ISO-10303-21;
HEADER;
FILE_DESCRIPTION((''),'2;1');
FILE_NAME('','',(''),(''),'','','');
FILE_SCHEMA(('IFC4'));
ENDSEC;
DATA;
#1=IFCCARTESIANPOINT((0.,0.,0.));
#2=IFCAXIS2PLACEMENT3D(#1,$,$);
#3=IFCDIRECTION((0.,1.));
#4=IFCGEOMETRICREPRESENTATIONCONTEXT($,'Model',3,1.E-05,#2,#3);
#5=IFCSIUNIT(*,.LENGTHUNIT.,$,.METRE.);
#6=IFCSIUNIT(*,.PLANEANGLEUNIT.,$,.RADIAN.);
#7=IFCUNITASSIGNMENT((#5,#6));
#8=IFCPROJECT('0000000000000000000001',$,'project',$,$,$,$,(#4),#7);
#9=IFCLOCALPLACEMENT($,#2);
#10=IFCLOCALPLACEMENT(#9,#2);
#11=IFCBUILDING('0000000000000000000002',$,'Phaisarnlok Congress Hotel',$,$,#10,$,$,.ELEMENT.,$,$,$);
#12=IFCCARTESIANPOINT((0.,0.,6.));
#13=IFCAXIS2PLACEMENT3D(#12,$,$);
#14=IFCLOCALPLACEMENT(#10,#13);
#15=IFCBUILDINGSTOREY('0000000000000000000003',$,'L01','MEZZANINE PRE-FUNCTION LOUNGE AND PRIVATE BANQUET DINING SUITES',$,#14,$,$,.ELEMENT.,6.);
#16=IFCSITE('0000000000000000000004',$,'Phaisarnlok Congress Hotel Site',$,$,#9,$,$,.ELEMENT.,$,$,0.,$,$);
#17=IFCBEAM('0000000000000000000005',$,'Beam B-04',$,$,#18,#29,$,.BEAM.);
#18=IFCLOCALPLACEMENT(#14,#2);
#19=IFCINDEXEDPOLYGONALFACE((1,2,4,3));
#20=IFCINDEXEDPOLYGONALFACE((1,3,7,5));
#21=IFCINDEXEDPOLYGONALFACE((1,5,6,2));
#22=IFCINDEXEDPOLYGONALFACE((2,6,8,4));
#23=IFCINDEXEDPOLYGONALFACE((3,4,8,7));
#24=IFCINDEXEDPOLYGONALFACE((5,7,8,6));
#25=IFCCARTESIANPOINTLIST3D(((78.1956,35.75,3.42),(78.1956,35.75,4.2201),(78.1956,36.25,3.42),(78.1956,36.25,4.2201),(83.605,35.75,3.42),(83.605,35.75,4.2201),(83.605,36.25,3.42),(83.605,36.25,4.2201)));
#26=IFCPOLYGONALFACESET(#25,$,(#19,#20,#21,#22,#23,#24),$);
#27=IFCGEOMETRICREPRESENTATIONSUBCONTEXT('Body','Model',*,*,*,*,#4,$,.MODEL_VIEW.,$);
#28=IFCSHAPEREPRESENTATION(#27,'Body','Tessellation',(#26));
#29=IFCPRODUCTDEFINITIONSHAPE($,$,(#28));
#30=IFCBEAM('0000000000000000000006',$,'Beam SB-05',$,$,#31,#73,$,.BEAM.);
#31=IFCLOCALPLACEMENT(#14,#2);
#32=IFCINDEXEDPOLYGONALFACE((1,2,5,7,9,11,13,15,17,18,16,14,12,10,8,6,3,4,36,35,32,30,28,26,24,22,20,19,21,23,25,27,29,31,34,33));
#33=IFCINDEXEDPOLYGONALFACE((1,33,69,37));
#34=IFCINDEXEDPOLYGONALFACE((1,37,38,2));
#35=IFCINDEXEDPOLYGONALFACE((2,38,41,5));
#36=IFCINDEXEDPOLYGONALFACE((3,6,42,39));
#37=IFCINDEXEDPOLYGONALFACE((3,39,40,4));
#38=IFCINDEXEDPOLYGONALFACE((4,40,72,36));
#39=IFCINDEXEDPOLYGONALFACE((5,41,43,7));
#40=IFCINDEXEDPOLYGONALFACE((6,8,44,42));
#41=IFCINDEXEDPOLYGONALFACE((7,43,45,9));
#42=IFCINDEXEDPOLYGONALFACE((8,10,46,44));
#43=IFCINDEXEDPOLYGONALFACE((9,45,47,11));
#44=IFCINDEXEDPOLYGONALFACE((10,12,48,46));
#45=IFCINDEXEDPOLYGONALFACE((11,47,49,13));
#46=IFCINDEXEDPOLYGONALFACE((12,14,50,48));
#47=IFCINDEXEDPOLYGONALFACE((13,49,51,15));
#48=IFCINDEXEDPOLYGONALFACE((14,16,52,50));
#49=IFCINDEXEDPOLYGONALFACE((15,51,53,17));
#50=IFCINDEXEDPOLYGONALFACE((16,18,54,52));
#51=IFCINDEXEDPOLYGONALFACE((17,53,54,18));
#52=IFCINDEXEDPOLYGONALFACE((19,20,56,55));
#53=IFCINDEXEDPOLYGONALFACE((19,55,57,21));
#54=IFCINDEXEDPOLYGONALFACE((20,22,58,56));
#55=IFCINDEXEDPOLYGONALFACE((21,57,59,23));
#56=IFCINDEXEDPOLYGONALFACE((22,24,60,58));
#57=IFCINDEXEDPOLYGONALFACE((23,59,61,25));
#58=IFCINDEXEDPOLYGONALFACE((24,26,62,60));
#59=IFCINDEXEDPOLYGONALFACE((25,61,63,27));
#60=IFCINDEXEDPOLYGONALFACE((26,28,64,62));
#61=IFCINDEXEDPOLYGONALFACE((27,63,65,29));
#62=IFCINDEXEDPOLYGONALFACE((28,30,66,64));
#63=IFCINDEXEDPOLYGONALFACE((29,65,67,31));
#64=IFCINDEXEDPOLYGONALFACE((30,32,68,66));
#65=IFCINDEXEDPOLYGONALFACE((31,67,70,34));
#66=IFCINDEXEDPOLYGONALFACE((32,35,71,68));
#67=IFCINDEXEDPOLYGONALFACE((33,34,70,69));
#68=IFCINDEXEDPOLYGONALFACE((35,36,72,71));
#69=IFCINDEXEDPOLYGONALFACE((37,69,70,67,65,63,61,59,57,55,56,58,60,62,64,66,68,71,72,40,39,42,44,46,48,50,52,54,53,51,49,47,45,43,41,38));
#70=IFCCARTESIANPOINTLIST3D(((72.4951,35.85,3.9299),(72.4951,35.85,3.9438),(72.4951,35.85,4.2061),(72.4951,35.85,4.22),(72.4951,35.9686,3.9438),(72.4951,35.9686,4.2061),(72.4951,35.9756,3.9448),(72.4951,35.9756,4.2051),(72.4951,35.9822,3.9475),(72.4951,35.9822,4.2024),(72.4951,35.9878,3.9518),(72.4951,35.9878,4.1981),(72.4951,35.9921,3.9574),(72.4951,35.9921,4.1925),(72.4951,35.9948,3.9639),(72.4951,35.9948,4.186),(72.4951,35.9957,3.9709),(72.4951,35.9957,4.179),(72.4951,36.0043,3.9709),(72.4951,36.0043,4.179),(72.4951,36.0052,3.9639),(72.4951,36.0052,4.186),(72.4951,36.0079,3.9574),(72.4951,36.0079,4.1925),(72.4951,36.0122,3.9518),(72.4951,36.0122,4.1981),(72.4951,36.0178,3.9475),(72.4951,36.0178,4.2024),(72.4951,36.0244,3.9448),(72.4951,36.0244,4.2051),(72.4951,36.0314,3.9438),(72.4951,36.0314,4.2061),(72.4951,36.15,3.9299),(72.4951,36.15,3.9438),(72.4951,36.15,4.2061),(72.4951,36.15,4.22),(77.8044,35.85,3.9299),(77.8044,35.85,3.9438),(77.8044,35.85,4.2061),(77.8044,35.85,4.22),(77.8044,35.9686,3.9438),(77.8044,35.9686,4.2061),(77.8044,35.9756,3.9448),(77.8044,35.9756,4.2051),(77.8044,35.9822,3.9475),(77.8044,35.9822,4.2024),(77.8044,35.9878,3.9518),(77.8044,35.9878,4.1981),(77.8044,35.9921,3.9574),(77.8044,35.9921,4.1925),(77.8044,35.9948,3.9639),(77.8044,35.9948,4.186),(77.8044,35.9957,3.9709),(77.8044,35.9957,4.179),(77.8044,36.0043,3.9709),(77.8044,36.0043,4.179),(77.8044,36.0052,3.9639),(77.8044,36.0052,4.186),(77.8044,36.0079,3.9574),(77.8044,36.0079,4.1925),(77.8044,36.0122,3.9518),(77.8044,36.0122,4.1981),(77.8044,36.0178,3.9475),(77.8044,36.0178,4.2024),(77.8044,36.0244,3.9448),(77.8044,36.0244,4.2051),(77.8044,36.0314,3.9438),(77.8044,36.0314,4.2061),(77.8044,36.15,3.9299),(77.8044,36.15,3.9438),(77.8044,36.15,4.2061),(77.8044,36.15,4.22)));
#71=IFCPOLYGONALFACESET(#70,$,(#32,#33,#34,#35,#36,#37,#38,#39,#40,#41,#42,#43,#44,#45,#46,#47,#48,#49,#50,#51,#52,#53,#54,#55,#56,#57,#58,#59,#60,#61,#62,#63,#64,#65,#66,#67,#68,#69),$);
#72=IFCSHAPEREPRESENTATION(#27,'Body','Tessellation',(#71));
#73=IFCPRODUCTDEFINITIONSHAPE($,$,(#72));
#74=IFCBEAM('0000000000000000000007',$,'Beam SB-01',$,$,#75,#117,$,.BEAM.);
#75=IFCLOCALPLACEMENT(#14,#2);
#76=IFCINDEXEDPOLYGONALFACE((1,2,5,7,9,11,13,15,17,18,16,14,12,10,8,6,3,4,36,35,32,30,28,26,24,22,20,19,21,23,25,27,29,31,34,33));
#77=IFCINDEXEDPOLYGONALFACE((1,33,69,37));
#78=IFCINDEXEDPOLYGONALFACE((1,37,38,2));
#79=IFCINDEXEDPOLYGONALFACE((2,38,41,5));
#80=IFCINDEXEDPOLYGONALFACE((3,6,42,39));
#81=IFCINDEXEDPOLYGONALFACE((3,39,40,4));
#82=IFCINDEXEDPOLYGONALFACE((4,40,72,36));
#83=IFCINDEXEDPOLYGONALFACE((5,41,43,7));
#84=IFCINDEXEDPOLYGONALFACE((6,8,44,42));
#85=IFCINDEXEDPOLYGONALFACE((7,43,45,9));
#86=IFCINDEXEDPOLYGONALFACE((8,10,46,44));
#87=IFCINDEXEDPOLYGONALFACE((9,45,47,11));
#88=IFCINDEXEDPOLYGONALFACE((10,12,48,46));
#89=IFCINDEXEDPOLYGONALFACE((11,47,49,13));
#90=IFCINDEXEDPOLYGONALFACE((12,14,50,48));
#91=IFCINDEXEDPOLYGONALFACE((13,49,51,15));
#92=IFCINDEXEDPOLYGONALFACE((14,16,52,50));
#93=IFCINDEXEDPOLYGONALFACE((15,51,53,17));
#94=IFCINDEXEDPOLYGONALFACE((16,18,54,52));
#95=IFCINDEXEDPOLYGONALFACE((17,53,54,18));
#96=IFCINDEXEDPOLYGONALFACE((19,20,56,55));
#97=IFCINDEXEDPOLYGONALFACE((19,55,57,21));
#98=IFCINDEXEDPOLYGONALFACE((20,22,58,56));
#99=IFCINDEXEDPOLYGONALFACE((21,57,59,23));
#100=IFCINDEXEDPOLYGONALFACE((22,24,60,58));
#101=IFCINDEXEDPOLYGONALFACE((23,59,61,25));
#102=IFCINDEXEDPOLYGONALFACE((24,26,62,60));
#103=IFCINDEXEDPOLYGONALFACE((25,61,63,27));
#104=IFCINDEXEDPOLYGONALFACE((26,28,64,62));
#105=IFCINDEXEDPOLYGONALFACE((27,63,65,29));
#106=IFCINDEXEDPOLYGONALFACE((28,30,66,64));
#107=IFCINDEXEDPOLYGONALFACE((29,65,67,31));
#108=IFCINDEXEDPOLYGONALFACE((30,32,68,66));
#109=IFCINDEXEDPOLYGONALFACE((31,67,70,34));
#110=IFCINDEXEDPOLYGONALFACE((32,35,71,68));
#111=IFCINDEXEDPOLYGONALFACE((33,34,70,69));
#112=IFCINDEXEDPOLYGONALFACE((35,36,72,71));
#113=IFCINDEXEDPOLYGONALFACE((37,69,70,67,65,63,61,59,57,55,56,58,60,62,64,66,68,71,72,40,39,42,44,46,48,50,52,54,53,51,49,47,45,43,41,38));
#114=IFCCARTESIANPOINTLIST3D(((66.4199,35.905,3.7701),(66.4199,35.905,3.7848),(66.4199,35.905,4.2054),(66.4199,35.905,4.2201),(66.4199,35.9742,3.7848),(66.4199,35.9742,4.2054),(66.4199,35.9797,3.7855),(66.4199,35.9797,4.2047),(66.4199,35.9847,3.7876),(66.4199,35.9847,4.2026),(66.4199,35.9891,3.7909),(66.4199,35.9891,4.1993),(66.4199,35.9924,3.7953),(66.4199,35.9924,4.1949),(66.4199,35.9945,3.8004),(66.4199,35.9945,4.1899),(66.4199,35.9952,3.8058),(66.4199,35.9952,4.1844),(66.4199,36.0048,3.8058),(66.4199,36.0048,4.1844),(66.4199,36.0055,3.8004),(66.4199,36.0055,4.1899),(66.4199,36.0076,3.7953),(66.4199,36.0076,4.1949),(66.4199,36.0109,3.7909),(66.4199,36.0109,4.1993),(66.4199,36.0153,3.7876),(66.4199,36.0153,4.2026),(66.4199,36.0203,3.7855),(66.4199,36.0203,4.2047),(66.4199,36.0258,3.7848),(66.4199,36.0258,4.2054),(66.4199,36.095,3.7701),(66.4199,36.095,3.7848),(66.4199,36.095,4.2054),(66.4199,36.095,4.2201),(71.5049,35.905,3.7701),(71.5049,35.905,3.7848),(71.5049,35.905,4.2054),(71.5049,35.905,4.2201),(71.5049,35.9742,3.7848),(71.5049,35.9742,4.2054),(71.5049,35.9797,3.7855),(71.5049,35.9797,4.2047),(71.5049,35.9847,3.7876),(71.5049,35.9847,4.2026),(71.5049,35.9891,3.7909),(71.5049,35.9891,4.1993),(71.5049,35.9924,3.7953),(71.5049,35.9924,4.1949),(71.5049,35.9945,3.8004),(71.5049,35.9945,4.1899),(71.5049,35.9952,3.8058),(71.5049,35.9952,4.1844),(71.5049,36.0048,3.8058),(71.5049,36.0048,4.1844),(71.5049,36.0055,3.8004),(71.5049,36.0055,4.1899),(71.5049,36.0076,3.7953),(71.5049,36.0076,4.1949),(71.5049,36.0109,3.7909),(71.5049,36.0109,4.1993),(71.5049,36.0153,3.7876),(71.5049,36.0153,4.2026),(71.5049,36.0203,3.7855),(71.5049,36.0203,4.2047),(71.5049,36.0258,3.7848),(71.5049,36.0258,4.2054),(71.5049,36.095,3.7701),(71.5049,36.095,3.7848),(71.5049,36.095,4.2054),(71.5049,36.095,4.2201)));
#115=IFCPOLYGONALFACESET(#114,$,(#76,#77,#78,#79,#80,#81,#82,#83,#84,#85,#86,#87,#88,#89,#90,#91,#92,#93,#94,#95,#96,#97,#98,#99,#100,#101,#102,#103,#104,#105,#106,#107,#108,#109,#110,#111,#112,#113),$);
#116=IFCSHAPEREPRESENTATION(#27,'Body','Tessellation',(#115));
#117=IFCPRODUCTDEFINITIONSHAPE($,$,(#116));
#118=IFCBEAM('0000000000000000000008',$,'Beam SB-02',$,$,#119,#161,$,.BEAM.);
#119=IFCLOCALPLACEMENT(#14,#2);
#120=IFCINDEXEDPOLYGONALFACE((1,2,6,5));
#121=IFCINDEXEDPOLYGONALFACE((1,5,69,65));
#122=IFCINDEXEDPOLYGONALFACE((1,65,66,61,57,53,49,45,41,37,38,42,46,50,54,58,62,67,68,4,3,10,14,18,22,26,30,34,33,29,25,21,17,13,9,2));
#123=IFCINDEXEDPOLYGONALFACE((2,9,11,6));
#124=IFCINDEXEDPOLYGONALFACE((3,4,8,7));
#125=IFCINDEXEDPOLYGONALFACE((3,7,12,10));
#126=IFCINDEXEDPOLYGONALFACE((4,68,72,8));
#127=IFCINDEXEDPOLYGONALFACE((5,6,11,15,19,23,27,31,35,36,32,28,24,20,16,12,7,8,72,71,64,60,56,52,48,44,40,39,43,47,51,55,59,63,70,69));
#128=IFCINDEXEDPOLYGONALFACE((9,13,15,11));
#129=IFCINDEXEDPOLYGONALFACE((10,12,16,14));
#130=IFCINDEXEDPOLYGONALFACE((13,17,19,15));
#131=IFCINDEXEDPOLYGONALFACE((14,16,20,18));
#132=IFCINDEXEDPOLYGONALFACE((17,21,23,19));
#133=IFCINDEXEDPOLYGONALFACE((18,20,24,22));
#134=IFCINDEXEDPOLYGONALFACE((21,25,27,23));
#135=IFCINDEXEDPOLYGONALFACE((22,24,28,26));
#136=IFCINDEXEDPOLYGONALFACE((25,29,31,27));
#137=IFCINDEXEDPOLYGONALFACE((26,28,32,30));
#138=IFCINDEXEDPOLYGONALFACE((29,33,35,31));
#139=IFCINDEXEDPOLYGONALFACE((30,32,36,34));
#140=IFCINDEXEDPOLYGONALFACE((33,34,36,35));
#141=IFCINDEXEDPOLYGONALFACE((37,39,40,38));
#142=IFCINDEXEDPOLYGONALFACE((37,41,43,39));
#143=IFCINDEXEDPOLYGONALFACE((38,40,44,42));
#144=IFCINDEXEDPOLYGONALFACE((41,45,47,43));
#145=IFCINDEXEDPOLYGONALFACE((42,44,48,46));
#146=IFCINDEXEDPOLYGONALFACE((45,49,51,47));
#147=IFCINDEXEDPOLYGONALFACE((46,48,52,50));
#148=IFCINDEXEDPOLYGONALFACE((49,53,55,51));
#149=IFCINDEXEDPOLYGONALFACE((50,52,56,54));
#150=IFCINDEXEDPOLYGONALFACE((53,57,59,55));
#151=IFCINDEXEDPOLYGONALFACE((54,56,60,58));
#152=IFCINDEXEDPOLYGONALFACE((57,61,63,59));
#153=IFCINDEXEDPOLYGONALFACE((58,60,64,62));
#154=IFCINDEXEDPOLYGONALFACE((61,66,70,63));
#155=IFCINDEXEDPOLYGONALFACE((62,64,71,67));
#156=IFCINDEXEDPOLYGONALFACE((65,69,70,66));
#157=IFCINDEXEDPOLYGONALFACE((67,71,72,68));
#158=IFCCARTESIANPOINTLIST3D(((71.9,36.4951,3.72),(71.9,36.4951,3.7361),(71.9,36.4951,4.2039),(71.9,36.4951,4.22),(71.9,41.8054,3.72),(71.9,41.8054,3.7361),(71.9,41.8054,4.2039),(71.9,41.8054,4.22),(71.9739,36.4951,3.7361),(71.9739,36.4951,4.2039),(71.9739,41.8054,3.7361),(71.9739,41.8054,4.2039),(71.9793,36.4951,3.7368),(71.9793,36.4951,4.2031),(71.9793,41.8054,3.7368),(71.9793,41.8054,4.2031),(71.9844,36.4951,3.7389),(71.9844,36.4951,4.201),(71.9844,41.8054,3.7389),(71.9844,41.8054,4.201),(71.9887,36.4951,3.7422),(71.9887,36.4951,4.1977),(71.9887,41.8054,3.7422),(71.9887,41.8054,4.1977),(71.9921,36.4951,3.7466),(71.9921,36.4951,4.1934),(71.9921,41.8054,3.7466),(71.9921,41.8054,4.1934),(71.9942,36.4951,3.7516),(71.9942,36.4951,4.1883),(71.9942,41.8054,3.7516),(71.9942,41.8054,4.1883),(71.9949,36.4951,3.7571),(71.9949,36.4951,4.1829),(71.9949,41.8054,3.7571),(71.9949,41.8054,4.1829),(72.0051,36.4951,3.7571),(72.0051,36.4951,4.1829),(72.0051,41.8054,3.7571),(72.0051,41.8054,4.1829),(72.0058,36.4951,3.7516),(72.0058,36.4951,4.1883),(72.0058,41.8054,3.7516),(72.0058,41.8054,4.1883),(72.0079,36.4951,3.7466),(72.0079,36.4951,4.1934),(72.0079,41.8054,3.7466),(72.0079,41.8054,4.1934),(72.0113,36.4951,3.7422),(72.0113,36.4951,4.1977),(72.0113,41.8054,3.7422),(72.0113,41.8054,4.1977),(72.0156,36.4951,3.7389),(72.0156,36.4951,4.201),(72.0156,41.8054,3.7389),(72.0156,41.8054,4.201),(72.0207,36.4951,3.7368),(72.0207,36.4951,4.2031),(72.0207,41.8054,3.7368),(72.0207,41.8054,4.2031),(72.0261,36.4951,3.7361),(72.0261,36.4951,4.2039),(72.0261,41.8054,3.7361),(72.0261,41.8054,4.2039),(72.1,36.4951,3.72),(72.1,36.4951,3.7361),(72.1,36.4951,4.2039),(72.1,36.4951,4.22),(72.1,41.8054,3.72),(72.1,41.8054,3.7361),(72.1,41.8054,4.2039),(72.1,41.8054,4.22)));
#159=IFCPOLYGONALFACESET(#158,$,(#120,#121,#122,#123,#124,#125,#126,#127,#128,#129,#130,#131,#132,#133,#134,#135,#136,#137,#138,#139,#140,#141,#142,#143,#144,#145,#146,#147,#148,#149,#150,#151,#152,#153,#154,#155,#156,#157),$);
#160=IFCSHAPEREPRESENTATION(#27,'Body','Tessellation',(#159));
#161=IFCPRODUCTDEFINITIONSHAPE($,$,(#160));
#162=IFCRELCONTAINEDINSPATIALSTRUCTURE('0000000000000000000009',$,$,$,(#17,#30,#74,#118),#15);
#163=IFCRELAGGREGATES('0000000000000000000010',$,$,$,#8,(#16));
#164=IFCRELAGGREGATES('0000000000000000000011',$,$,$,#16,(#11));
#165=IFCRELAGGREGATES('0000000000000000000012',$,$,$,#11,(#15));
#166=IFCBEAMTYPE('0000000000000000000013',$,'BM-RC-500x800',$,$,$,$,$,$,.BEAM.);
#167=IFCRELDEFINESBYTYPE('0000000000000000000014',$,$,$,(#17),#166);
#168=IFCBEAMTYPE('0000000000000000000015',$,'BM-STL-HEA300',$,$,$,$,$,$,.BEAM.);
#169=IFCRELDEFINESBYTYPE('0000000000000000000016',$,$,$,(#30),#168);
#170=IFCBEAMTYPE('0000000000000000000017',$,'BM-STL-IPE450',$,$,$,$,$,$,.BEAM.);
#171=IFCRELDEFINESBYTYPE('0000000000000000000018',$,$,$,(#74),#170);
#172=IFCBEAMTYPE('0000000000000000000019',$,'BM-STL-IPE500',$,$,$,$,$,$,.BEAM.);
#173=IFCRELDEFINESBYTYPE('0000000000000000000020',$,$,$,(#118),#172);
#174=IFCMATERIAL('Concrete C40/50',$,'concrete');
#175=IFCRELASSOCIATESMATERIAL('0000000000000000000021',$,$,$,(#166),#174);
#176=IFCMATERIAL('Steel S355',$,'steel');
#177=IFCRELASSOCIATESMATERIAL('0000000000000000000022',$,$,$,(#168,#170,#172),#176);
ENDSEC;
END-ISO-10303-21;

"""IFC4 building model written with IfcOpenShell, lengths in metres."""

from ifc_helpers import new_model, si_unit, direction, frame, origin, origin_2d, place, context, subcontext, project, spatial, rectangle, i_section, extrude, material, material_profile, profile_set, type_object, element, save


model = new_model("IFC4")

# Units and contexts
model_context = context("Model", 3, precision=1e-05, world=origin(), true_north=direction((0.0, 1.0)))
body_context = subcontext(model_context, "Body", "Model", "MODEL_VIEW")
ifc_project = project(units=[si_unit("LENGTHUNIT", "METRE"), si_unit("PLANEANGLEUNIT", "RADIAN")], contexts=[model_context])

# Site, building, storey
site_placement = place(None, origin())
site = spatial("IfcSite", under=ifc_project, at=site_placement, Name="Phaisarnlok Congress Hotel Site", CompositionType="ELEMENT", RefElevation=0.0)
building_placement = place(site_placement, origin())
building = spatial("IfcBuilding", under=site, at=building_placement, Name="Phaisarnlok Congress Hotel", CompositionType="ELEMENT")
storey_placement = place(building_placement, frame((0.0, 0.0, 6.0)))
storey = spatial("IfcBuildingStorey", under=building, at=storey_placement, Name="L01", Description="MEZZANINE PRE-FUNCTION LOUNGE AND PRIVATE BANQUET DINING SUITES", CompositionType="ELEMENT", Elevation=6.0)

# Shared definitions
ifc_material_1 = material(Name="Steel S355", Category="steel")

# Beams
ifc_material_2 = material(Name="Concrete C40/50", Category="concrete")
ifc_material_profile_1 = material_profile(ifc_material_2, rectangle(XDim=0.5, YDim=0.8, at=origin_2d()), Name="RC 500x800")
ifc_profile_set_1 = profile_set([ifc_material_profile_1], Name="Concrete C40/50")
beam_type_1 = type_object("IfcBeamType", Name="BM-RC-500x800", PredefinedType="BEAM", material=ifc_profile_set_1)
beam_1_placement = place(storey_placement, frame((78.1956, 36.0, 3.8201), z_axis=(1.0, 0.0, 0.0), x_axis=(0.0, 1.0, 0.0)))
element("IfcBeam", 1, at=beam_1_placement, inside=storey, type_object=beam_type_1, Name="Beam B-04", PredefinedType="BEAM", context=body_context, shape_type="SweptSolid", body=[
    extrude(rectangle(XDim=0.5, YDim=0.8, at=origin_2d()), origin(), (0.0, 0.0, 1.0), 5.4094),
])
ifc_material_profile_2 = material_profile(ifc_material_1, i_section(OverallWidth=0.3, OverallDepth=0.29, WebThickness=0.0085, FlangeThickness=0.0139, FilletRadius=0.0271, at=origin_2d()), Name="HEA 300")
ifc_profile_set_2 = profile_set([ifc_material_profile_2], Name="Steel S355")
beam_type_2 = type_object("IfcBeamType", Name="BM-STL-HEA300", PredefinedType="BEAM", material=ifc_profile_set_2)
beam_2_placement = place(storey_placement, frame((72.4951, 36.0, 4.075), z_axis=(1.0, 0.0, 0.0), x_axis=(0.0, 1.0, 0.0)))
element("IfcBeam", 2, at=beam_2_placement, inside=storey, type_object=beam_type_2, Name="Beam SB-05", PredefinedType="BEAM", context=body_context, shape_type="SweptSolid", body=[
    extrude(i_section(OverallWidth=0.3, OverallDepth=0.29, WebThickness=0.0085, FlangeThickness=0.0139, FilletRadius=0.0271, at=origin_2d()), origin(), (0.0, 0.0, 1.0), 5.3093),
])
ifc_material_profile_3 = material_profile(ifc_material_1, i_section(OverallWidth=0.1899, OverallDepth=0.45, WebThickness=0.0095, FlangeThickness=0.0146, FilletRadius=0.021, at=origin_2d()), Name="IPE 450")
ifc_profile_set_3 = profile_set([ifc_material_profile_3], Name="Steel S355")
beam_type_3 = type_object("IfcBeamType", Name="BM-STL-IPE450", PredefinedType="BEAM", material=ifc_profile_set_3)
beam_3_placement = place(storey_placement, frame((66.4199, 36.0, 3.9951), z_axis=(1.0, 0.0, 0.0), x_axis=(0.0, 1.0, 0.0)))
element("IfcBeam", 3, at=beam_3_placement, inside=storey, type_object=beam_type_3, Name="Beam SB-01", PredefinedType="BEAM", context=body_context, shape_type="SweptSolid", body=[
    extrude(i_section(OverallWidth=0.1899, OverallDepth=0.45, WebThickness=0.0095, FlangeThickness=0.0146, FilletRadius=0.021, at=origin_2d()), origin(), (0.0, 0.0, 1.0), 5.085),
])
ifc_material_profile_4 = material_profile(ifc_material_1, i_section(OverallWidth=0.2, OverallDepth=0.5, WebThickness=0.0103, FlangeThickness=0.0161, FilletRadius=0.021, at=origin_2d()), Name="IPE 500")
ifc_profile_set_4 = profile_set([ifc_material_profile_4], Name="Steel S355")
beam_type_4 = type_object("IfcBeamType", Name="BM-STL-IPE500", PredefinedType="BEAM", material=ifc_profile_set_4)
beam_4_placement = place(storey_placement, frame((72.0, 36.4951, 3.97), z_axis=(0.0, 1.0, 0.0), x_axis=(-1.0, 0.0, 0.0)))
element("IfcBeam", 4, at=beam_4_placement, inside=storey, type_object=beam_type_4, Name="Beam SB-02", PredefinedType="BEAM", context=body_context, shape_type="SweptSolid", body=[
    extrude(i_section(OverallWidth=0.2, OverallDepth=0.5, WebThickness=0.0103, FlangeThickness=0.0161, FilletRadius=0.021, at=origin_2d()), origin(), (0.0, 0.0, 1.0), 5.3103),
])

save(model, "model.ifc")
